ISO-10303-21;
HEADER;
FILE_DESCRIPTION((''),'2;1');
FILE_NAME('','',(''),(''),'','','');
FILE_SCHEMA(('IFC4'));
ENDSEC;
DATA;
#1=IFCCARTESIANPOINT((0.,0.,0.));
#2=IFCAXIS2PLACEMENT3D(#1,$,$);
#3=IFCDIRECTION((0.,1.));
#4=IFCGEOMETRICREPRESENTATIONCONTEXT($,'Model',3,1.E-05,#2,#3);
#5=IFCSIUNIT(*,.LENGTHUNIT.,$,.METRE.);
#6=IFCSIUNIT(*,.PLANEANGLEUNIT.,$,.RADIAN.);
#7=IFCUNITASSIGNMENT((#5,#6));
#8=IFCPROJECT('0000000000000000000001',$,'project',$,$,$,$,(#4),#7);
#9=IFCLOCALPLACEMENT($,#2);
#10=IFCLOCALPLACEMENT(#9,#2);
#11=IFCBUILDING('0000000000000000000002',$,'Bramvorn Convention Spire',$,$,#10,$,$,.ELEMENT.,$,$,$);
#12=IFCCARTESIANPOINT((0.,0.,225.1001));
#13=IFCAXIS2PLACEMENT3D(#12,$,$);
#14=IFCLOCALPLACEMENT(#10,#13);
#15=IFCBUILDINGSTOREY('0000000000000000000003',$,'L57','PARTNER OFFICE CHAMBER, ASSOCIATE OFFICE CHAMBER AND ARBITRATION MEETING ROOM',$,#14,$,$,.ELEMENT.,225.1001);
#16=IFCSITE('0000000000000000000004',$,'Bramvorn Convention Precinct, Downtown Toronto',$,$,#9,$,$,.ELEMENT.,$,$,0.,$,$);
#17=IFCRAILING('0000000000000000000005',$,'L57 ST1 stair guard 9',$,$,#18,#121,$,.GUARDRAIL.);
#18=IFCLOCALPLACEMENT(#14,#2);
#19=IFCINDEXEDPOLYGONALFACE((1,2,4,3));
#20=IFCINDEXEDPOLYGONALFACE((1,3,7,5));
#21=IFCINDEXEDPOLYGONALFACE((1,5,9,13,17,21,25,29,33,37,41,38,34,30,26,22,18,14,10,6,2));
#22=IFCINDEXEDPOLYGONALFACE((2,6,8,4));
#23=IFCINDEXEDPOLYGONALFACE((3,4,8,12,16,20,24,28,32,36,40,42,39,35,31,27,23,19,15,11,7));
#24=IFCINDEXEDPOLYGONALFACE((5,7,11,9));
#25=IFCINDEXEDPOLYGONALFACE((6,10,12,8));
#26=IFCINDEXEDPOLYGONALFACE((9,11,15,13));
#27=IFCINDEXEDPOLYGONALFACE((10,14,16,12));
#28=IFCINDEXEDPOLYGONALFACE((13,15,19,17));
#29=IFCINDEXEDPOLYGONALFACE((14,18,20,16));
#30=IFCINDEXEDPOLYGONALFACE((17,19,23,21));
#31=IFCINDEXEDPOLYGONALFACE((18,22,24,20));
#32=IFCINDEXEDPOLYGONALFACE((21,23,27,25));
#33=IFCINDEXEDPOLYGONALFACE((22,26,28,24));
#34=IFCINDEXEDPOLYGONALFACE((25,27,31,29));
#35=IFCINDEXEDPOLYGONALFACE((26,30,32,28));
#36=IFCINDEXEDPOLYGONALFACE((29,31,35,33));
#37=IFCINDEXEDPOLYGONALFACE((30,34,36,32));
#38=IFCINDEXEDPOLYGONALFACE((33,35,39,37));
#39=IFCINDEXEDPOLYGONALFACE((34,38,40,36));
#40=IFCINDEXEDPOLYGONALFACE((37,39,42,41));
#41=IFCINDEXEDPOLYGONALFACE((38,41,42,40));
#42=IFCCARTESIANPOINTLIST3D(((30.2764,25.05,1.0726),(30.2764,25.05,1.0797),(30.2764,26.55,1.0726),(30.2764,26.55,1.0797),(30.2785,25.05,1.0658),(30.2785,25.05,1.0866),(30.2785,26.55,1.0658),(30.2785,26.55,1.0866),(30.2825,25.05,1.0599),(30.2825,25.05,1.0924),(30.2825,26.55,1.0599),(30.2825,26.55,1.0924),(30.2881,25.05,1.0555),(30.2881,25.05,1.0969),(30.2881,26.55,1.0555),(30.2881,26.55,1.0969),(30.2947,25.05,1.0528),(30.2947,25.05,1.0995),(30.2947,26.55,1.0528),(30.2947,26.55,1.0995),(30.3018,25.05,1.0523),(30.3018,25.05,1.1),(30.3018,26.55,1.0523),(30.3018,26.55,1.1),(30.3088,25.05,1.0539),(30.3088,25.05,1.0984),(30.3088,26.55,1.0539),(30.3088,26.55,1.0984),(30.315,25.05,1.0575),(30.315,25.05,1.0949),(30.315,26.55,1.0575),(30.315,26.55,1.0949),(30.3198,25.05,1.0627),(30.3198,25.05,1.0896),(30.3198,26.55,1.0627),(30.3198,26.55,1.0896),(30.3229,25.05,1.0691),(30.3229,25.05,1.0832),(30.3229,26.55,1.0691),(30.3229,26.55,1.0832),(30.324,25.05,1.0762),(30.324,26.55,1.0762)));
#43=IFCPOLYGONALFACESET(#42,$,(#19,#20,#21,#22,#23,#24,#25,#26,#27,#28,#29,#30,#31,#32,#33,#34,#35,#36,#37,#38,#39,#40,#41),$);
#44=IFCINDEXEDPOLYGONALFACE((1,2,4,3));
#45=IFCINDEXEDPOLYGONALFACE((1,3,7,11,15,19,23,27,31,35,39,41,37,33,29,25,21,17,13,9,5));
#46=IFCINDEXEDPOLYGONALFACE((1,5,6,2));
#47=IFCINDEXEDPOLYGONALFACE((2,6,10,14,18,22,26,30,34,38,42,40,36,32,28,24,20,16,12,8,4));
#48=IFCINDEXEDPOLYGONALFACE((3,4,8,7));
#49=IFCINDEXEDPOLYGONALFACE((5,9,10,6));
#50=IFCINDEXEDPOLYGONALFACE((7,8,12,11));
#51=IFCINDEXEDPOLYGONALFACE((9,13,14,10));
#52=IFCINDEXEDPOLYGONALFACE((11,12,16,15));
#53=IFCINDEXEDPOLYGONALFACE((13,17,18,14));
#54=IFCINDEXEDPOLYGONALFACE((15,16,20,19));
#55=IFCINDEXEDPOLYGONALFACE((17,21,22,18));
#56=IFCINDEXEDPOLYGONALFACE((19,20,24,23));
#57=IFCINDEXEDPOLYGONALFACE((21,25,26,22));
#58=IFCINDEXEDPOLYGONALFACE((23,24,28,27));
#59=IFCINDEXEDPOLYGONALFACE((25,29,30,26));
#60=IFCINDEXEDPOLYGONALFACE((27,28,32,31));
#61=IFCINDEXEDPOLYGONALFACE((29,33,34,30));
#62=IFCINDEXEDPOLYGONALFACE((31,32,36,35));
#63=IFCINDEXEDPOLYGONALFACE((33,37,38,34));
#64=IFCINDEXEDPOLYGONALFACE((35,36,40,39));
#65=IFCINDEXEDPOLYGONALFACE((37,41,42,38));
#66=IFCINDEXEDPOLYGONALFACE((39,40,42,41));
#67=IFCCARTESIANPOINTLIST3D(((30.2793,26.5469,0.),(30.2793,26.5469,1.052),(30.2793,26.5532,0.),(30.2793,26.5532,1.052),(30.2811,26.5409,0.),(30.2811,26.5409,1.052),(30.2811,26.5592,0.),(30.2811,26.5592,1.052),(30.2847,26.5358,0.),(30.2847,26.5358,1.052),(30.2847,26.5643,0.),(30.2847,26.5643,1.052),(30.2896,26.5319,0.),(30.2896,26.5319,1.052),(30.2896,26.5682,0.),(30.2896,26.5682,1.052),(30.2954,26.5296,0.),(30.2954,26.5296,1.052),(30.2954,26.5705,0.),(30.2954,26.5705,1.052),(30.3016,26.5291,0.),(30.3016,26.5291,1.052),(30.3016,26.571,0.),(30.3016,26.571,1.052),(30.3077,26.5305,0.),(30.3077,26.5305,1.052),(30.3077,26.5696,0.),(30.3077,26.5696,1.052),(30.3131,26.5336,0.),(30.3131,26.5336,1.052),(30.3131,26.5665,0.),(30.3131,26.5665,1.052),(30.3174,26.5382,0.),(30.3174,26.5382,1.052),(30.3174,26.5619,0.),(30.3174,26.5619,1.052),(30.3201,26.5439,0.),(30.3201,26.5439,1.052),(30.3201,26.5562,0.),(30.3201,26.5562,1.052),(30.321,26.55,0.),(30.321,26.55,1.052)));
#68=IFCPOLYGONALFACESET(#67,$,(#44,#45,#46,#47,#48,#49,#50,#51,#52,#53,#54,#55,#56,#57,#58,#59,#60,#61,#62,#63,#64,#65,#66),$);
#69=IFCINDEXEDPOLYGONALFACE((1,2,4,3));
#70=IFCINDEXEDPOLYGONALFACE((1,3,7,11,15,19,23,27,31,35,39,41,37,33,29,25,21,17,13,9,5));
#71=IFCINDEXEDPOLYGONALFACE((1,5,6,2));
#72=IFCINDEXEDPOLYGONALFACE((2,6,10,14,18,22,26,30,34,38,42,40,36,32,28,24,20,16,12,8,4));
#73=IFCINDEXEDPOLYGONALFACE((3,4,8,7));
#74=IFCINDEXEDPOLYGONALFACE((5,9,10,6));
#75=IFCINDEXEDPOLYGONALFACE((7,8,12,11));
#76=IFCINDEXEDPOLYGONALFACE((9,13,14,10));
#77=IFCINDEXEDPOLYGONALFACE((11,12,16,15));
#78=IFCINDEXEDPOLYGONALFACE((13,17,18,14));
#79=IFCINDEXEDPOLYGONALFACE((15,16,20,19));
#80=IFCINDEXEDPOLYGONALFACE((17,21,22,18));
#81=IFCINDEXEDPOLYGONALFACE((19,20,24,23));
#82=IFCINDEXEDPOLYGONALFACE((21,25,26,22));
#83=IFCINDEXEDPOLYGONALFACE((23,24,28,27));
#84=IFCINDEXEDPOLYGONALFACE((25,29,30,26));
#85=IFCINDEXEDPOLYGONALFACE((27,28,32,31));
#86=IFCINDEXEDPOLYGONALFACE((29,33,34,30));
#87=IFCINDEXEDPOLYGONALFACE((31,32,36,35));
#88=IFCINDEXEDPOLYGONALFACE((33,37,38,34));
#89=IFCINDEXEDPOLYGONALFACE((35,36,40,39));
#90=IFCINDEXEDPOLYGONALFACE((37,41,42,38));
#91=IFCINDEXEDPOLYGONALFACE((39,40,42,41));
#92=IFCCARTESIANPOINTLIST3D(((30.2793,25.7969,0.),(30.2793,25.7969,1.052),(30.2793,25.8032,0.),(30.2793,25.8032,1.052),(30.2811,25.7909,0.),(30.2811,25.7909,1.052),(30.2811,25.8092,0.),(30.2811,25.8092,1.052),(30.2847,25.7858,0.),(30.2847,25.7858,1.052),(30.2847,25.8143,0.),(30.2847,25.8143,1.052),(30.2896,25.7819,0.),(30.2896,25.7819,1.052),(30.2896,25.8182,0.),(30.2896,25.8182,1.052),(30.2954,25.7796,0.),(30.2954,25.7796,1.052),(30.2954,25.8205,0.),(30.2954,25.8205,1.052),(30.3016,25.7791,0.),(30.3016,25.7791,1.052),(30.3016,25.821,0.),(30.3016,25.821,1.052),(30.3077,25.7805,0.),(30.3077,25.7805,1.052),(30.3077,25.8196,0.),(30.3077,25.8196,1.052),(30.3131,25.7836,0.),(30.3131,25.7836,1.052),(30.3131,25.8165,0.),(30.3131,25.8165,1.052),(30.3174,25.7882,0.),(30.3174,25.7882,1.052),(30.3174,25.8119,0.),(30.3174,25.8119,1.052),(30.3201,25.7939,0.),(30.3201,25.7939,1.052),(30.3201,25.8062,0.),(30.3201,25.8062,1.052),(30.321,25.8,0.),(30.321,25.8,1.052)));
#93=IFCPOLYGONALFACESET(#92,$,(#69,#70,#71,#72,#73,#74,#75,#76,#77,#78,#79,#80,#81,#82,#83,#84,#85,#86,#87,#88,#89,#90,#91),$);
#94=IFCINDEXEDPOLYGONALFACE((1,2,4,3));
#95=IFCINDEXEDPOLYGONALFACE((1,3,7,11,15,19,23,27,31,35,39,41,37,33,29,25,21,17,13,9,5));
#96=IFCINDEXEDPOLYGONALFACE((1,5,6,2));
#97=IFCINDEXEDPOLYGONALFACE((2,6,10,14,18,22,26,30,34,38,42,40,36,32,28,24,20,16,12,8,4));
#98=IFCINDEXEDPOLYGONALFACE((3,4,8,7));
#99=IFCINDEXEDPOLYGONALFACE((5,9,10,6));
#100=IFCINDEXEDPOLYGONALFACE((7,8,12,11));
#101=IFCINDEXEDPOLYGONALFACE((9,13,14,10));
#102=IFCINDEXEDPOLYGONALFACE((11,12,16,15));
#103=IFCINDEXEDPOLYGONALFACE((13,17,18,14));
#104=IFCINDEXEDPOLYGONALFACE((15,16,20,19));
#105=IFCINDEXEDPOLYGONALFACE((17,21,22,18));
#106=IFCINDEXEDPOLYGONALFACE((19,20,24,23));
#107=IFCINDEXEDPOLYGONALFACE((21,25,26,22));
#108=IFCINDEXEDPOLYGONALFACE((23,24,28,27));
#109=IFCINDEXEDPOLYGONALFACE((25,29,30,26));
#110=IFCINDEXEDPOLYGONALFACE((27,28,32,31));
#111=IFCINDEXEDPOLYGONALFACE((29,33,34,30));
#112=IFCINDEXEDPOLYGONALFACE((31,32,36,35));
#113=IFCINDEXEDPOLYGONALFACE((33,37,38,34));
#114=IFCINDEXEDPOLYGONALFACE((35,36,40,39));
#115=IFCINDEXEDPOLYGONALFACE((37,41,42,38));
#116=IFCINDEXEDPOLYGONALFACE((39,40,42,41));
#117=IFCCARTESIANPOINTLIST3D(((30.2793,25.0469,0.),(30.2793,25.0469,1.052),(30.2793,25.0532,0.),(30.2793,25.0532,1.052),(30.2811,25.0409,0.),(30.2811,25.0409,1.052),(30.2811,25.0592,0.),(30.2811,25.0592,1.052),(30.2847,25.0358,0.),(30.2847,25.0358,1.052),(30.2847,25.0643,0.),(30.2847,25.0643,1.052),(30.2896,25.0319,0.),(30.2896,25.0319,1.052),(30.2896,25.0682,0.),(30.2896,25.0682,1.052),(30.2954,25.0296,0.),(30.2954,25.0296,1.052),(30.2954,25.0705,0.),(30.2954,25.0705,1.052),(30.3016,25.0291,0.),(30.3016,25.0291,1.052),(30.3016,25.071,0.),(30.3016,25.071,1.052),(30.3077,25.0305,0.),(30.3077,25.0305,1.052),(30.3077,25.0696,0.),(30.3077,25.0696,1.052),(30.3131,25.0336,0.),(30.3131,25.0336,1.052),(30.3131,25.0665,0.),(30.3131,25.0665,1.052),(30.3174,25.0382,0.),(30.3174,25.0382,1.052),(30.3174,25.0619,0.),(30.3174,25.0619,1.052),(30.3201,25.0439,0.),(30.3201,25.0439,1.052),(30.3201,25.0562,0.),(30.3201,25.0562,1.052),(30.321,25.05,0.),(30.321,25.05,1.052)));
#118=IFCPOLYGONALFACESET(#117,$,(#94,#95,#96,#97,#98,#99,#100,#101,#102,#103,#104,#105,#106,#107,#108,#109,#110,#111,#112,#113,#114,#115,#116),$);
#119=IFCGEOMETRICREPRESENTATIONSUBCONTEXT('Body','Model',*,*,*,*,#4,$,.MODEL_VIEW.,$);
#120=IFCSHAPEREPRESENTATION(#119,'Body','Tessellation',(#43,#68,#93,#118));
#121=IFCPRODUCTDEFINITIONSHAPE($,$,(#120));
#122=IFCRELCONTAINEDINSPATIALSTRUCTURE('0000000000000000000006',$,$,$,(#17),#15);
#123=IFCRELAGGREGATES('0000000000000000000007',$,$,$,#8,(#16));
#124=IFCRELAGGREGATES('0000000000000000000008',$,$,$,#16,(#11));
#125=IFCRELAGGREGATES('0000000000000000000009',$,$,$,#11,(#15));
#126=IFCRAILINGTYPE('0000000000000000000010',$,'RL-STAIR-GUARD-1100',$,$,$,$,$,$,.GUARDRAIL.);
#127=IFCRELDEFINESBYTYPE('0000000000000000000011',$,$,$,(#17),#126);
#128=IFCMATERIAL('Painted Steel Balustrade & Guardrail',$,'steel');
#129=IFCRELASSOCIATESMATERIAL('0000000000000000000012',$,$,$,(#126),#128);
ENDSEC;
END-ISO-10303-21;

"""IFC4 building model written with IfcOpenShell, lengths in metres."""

from ifc_helpers import new_model, si_unit, direction, frame, origin, origin_2d, place, context, subcontext, project, spatial, circle, extrude, material, type_object, element, save


model = new_model("IFC4")

# Units and contexts
model_context = context("Model", 3, precision=1e-05, world=origin(), true_north=direction((0.0, 1.0)))
body_context = subcontext(model_context, "Body", "Model", "MODEL_VIEW")
ifc_project = project(units=[si_unit("LENGTHUNIT", "METRE"), si_unit("PLANEANGLEUNIT", "RADIAN")], contexts=[model_context])

# Site, building, storey
site_placement = place(None, origin())
site = spatial("IfcSite", under=ifc_project, at=site_placement, Name="Bramvorn Convention Precinct, Downtown Toronto", CompositionType="ELEMENT", RefElevation=0.0)
building_placement = place(site_placement, origin())
building = spatial("IfcBuilding", under=site, at=building_placement, Name="Bramvorn Convention Spire", CompositionType="ELEMENT")
storey_placement = place(building_placement, frame((0.0, 0.0, 225.1001)))
storey = spatial("IfcBuildingStorey", under=building, at=storey_placement, Name="L57", Description="PARTNER OFFICE CHAMBER, ASSOCIATE OFFICE CHAMBER AND ARBITRATION MEETING ROOM", CompositionType="ELEMENT", Elevation=225.1001)

# Railing
ifc_material_1 = material(Name="Painted Steel Balustrade & Guardrail", Category="steel")
railing_type = type_object("IfcRailingType", Name="RL-STAIR-GUARD-1100", PredefinedType="GUARDRAIL", material=ifc_material_1)
for number, where, name in (
    (1, (30.3, 26.55, 0.0), "L57 ST1 stair guard 9"),
):
    element("IfcRailing", number, at=place(storey_placement, frame(where)), inside=storey, type_object=railing_type, Name=name, PredefinedType="GUARDRAIL", context=body_context, shape_type="SweptSolid", body=[
        extrude(circle(Radius=0.0239, at=origin_2d()), frame((0.0, 0.0, 1.0762), z_axis=(0.0, -1.0, 0.0), x_axis=(1.0, 0.0, 0.0)), (0.0, 0.0, 1.0), 1.5),
        extrude(circle(Radius=0.021, at=origin_2d()), origin(), (0.0, 0.0, 1.0), 1.052),
        extrude(circle(Radius=0.021, at=origin_2d()), frame((0.0, -0.75, 0.0)), (0.0, 0.0, 1.0), 1.052),
        extrude(circle(Radius=0.021, at=origin_2d()), frame((0.0, -1.5, 0.0)), (0.0, 0.0, 1.0), 1.052),
    ])

save(model, "model.ifc")
